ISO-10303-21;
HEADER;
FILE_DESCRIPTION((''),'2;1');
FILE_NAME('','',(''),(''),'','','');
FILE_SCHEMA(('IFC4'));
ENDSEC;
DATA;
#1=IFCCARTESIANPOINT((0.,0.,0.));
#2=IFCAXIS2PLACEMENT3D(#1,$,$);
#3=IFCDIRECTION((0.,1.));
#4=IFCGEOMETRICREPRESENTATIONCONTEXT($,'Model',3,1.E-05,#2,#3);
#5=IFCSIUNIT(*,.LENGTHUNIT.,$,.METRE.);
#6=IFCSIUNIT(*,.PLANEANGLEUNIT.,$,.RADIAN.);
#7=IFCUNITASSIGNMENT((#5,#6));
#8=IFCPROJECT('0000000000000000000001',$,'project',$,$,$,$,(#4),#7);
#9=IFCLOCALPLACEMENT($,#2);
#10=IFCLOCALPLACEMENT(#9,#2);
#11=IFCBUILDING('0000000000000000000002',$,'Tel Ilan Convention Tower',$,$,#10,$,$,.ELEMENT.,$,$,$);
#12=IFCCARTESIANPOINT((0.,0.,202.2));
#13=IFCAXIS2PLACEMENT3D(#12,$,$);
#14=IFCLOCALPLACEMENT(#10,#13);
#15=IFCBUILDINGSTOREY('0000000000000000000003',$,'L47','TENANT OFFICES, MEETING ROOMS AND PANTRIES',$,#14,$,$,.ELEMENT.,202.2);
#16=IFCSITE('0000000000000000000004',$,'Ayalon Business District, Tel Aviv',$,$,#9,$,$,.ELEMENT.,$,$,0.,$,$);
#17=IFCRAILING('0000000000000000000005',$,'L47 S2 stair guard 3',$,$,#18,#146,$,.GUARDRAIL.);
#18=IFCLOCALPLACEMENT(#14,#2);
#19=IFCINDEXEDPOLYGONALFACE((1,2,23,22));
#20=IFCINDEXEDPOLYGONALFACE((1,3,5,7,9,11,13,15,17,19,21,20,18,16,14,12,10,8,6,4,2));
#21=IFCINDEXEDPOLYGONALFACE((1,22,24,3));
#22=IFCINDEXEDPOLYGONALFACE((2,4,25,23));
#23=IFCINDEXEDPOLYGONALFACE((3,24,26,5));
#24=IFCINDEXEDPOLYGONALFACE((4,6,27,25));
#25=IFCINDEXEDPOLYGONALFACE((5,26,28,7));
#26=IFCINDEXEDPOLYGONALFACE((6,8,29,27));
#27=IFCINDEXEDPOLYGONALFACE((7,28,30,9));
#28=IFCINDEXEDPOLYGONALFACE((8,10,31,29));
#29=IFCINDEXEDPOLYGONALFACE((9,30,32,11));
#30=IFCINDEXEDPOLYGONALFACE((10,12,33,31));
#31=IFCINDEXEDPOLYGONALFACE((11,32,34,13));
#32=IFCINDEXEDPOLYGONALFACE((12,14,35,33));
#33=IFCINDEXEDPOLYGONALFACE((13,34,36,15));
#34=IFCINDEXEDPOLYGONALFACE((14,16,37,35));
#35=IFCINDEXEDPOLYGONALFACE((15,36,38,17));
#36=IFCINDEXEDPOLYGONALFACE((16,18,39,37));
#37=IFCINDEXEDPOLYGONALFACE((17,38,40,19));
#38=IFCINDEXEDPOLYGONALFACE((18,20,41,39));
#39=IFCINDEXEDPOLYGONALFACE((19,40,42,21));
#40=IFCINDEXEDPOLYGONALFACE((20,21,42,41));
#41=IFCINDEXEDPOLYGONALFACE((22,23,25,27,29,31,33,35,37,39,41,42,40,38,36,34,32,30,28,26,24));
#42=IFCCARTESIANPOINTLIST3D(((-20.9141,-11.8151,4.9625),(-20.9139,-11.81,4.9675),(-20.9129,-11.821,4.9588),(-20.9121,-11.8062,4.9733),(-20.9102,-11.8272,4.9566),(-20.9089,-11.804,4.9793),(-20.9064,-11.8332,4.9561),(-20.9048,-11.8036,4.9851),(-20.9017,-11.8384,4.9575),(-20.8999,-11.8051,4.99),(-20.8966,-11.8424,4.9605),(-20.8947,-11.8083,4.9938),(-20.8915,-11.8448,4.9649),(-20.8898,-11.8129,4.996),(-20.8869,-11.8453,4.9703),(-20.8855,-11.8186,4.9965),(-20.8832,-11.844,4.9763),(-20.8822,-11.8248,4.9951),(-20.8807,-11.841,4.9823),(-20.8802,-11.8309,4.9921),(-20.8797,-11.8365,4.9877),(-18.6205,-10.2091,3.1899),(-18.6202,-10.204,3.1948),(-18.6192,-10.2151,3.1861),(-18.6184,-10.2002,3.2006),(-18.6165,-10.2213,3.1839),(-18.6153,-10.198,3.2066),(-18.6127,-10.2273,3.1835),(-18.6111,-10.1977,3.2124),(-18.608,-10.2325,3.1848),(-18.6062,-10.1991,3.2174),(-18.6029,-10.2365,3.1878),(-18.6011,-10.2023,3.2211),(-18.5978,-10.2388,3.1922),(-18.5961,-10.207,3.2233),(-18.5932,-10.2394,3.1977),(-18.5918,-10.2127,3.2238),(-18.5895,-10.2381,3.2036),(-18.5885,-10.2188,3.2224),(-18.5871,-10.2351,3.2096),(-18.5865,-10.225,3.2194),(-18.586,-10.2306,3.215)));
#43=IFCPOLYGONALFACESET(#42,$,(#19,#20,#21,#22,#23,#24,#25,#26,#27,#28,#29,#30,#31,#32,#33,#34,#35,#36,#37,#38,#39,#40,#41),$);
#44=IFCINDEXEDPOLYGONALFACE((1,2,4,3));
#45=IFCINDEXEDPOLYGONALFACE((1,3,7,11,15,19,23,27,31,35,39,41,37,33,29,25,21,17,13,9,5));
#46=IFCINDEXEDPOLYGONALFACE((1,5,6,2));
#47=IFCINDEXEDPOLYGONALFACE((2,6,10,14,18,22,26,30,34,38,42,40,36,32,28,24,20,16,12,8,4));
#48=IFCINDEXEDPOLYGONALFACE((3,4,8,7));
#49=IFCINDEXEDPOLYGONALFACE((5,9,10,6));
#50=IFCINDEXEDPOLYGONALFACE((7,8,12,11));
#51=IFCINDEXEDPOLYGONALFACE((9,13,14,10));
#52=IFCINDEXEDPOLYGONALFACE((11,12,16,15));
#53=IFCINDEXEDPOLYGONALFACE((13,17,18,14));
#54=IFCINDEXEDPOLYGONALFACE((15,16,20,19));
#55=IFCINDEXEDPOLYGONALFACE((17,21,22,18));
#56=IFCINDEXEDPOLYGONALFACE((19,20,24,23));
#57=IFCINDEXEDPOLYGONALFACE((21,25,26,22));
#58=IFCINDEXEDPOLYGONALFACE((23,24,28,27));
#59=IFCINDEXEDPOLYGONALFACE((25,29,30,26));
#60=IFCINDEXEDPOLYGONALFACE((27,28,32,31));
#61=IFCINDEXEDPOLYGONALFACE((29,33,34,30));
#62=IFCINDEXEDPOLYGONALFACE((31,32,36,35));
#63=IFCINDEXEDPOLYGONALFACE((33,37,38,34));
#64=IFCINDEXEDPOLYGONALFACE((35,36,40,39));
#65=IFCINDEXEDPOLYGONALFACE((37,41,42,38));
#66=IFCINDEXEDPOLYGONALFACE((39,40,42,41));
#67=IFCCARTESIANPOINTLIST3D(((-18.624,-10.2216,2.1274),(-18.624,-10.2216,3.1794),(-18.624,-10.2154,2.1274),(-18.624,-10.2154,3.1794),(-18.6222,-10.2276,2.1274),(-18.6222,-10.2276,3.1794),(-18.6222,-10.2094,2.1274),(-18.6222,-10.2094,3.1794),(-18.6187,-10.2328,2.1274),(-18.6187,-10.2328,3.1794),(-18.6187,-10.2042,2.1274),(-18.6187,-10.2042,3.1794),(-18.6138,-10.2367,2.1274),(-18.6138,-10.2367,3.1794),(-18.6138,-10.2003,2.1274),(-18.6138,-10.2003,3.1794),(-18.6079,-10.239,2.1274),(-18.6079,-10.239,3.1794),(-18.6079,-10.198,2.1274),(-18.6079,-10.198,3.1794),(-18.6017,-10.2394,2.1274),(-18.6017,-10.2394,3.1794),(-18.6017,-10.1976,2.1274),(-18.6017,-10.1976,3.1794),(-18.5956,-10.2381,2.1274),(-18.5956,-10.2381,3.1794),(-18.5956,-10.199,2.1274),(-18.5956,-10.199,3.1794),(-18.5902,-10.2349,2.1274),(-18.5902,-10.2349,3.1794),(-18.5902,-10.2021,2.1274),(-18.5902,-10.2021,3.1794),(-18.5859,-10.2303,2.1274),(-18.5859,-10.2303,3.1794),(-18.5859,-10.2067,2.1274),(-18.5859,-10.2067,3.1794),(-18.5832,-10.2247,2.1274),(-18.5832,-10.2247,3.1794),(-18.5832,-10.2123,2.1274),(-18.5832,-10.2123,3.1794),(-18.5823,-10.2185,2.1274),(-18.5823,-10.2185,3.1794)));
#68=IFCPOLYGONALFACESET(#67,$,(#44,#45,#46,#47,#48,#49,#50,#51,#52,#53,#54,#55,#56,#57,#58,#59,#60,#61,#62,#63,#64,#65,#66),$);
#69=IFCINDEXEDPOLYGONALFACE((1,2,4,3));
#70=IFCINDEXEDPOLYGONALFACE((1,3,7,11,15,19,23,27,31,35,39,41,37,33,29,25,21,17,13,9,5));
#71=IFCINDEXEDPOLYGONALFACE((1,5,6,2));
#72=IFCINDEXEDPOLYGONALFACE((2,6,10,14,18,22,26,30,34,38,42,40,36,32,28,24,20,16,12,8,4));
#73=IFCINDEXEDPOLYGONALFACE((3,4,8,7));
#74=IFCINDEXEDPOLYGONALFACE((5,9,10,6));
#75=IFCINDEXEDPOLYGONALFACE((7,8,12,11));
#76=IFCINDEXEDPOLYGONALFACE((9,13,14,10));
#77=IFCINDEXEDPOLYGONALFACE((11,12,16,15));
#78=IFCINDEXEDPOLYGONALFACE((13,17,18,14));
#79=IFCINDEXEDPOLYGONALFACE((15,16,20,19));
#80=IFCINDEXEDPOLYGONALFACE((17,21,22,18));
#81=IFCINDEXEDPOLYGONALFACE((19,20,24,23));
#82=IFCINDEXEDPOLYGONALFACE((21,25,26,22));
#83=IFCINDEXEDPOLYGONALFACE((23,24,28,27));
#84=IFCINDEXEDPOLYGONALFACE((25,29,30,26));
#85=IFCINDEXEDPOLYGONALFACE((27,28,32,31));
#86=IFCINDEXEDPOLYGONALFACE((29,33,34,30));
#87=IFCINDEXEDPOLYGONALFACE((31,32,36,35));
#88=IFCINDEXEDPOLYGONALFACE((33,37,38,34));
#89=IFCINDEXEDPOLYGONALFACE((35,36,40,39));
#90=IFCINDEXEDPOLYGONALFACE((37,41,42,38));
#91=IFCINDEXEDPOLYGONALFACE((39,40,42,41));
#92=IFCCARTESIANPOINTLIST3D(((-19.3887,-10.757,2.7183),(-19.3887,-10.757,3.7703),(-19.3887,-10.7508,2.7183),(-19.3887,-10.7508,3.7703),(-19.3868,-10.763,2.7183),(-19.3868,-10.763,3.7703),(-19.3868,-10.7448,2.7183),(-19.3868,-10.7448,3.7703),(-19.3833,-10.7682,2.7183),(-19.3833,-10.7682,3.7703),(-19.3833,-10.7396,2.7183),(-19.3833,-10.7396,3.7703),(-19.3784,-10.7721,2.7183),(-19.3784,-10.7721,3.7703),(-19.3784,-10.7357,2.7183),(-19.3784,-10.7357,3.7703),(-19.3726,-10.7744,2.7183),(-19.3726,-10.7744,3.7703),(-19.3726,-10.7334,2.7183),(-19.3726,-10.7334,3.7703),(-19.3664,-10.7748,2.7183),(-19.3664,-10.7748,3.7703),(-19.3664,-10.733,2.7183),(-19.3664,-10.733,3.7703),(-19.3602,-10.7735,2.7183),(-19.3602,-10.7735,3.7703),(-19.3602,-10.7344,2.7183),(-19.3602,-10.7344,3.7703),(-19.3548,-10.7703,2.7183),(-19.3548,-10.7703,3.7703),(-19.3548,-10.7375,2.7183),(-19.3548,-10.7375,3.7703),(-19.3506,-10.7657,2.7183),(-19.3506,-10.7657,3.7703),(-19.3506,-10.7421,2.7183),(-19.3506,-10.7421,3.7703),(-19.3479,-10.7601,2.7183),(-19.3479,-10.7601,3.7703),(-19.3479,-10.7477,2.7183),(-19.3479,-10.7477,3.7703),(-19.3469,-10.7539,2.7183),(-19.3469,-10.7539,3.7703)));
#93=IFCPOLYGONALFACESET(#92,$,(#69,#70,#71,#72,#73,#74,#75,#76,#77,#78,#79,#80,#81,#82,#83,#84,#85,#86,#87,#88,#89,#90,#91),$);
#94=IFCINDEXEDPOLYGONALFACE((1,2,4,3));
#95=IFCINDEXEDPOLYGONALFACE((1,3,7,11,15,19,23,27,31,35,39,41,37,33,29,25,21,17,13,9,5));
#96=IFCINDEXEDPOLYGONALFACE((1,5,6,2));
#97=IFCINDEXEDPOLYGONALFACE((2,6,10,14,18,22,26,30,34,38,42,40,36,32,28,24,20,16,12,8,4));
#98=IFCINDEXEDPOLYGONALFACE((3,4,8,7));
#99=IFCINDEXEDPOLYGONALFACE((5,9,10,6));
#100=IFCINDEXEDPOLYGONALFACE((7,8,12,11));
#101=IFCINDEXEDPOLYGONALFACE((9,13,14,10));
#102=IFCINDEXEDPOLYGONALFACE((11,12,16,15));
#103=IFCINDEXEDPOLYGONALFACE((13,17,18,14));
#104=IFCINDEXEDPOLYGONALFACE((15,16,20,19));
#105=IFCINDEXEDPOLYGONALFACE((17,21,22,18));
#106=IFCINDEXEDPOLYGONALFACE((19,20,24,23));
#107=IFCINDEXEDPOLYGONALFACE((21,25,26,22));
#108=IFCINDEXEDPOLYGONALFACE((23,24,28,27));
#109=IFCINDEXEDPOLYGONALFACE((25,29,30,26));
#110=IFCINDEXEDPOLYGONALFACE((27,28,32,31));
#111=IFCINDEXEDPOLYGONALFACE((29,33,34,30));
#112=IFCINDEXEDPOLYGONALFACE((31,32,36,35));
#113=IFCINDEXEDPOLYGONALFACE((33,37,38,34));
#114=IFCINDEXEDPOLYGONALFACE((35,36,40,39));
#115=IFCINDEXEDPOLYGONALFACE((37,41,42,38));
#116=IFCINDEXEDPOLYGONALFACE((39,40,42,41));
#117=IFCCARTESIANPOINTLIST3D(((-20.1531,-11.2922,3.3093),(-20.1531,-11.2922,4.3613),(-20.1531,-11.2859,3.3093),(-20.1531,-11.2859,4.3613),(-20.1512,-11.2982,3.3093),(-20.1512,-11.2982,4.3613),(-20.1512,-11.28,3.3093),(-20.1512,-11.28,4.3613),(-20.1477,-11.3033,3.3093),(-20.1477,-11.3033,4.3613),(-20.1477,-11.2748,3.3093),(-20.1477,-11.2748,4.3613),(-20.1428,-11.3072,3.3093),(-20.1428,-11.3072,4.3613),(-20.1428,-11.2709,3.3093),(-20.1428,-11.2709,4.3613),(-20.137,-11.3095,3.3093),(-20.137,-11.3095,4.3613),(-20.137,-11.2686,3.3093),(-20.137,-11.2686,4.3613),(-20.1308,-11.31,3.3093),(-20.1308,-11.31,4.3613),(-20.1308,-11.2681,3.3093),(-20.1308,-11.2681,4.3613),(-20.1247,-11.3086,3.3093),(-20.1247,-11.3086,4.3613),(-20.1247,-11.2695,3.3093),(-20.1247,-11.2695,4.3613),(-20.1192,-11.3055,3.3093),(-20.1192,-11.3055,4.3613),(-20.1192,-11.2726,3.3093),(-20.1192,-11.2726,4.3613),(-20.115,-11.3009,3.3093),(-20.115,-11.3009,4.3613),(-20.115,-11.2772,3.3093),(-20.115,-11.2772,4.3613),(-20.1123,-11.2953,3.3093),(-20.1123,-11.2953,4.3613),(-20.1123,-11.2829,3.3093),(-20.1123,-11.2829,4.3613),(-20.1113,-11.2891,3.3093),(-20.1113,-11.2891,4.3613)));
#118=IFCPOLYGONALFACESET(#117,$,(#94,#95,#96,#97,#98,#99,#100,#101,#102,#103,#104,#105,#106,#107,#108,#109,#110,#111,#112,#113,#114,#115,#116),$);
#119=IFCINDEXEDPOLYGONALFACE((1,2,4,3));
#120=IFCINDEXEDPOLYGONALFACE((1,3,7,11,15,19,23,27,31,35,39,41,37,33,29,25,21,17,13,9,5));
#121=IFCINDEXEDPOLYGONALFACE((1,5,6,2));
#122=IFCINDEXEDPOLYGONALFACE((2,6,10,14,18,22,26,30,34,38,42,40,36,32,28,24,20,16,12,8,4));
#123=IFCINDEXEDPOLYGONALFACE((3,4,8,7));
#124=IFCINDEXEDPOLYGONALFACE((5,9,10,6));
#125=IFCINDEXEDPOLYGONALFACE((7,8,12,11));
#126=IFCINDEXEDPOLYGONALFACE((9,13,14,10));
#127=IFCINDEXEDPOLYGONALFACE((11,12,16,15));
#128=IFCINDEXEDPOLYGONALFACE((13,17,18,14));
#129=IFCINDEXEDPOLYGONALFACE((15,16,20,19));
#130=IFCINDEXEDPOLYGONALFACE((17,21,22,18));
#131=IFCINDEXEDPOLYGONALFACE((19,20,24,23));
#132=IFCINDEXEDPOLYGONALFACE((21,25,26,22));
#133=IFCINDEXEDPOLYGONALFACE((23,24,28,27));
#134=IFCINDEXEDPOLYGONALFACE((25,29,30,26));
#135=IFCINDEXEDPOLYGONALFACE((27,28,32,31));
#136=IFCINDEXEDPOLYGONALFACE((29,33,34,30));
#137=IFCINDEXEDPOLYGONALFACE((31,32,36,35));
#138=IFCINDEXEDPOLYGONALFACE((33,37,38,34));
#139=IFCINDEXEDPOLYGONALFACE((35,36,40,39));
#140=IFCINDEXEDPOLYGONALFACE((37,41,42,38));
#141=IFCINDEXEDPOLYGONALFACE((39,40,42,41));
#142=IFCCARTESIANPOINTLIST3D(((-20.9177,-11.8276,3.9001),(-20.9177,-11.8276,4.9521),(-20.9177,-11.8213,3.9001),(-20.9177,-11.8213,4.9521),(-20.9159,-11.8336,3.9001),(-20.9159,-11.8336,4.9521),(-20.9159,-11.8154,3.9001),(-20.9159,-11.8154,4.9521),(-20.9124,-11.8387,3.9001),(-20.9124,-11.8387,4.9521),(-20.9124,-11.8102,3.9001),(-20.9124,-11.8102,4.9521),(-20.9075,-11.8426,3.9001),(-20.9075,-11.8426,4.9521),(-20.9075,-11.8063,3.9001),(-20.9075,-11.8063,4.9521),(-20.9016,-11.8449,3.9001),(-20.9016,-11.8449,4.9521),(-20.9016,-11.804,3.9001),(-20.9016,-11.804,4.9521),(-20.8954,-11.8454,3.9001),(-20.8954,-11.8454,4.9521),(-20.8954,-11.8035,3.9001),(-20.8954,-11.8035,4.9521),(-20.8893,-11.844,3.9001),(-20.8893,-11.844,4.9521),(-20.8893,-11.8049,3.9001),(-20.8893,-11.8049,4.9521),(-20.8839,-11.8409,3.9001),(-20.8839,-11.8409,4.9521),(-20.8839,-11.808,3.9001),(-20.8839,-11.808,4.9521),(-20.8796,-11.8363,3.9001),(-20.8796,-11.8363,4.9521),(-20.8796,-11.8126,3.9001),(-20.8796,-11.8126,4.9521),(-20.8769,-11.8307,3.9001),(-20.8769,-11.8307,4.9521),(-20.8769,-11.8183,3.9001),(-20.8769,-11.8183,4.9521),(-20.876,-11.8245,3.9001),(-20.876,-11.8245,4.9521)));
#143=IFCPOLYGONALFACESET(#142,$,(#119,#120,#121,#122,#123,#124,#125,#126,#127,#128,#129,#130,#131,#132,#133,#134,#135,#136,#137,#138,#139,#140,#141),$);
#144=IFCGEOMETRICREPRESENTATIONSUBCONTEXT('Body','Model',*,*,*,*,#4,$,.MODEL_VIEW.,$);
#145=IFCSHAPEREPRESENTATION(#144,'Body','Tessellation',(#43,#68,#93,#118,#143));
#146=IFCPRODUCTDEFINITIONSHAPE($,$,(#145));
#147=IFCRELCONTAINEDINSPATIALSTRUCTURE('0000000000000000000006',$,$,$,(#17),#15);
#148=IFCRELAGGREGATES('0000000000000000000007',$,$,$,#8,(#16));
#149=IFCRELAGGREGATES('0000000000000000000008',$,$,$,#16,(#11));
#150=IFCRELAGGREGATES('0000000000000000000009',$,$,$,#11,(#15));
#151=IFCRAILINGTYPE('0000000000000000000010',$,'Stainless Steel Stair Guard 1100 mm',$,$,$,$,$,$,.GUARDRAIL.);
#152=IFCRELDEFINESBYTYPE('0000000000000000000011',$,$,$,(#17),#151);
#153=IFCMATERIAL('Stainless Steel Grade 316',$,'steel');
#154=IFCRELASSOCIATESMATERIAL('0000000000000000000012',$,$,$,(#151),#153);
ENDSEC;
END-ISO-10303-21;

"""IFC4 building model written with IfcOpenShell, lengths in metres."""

from ifc_helpers import new_model, si_unit, direction, frame, origin, origin_2d, place, context, subcontext, project, spatial, circle, extrude, material, type_object, element, save


model = new_model("IFC4")

# Units and contexts
model_context = context("Model", 3, precision=1e-05, world=origin(), true_north=direction((0.0, 1.0)))
body_context = subcontext(model_context, "Body", "Model", "MODEL_VIEW")
ifc_project = project(units=[si_unit("LENGTHUNIT", "METRE"), si_unit("PLANEANGLEUNIT", "RADIAN")], contexts=[model_context])

# Site, building, storey
site_placement = place(None, origin())
site = spatial("IfcSite", under=ifc_project, at=site_placement, Name="Ayalon Business District, Tel Aviv", CompositionType="ELEMENT", RefElevation=0.0)
building_placement = place(site_placement, origin())
building = spatial("IfcBuilding", under=site, at=building_placement, Name="Tel Ilan Convention Tower", CompositionType="ELEMENT")
storey_placement = place(building_placement, frame((0.0, 0.0, 202.2)))
storey = spatial("IfcBuildingStorey", under=building, at=storey_placement, Name="L47", Description="TENANT OFFICES, MEETING ROOMS AND PANTRIES", CompositionType="ELEMENT", Elevation=202.2)

# Railing
ifc_material_1 = material(Name="Stainless Steel Grade 316", Category="steel")
railing_type_1 = type_object("IfcRailingType", Name="Stainless Steel Stair Guard 1100 mm", PredefinedType="GUARDRAIL", material=ifc_material_1)
railing_1_placement = place(storey_placement, frame((-18.6033, -10.2185, 2.1274)))
element("IfcRailing", 1, at=railing_1_placement, inside=storey, type_object=railing_type_1, Name="L47 S2 stair guard 3", PredefinedType="GUARDRAIL", context=body_context, shape_type="SweptSolid", body=[
    extrude(circle(Radius=0.0239, at=origin_2d()), frame((0.0, 0.0, 1.0762), z_axis=(-0.692123, -0.484597, 0.534913), x_axis=(0.57355, -0.81917, 0.0)), (0.0, 0.0, 1.0), 3.314),
    extrude(circle(Radius=0.021, at=origin_2d()), origin(), (0.0, 0.0, 1.0), 1.052),
    extrude(circle(Radius=0.021, at=origin_2d()), frame((-0.7646, -0.5354, 0.5908)), (0.0, 0.0, 1.0), 1.052),
    extrude(circle(Radius=0.021, at=origin_2d()), frame((-1.5291, -1.0706, 1.1819)), (0.0, 0.0, 1.0), 1.052),
    extrude(circle(Radius=0.021, at=origin_2d()), frame((-2.2937, -1.606, 1.7727)), (0.0, 0.0, 1.0), 1.052),
])

save(model, "model.ifc")
